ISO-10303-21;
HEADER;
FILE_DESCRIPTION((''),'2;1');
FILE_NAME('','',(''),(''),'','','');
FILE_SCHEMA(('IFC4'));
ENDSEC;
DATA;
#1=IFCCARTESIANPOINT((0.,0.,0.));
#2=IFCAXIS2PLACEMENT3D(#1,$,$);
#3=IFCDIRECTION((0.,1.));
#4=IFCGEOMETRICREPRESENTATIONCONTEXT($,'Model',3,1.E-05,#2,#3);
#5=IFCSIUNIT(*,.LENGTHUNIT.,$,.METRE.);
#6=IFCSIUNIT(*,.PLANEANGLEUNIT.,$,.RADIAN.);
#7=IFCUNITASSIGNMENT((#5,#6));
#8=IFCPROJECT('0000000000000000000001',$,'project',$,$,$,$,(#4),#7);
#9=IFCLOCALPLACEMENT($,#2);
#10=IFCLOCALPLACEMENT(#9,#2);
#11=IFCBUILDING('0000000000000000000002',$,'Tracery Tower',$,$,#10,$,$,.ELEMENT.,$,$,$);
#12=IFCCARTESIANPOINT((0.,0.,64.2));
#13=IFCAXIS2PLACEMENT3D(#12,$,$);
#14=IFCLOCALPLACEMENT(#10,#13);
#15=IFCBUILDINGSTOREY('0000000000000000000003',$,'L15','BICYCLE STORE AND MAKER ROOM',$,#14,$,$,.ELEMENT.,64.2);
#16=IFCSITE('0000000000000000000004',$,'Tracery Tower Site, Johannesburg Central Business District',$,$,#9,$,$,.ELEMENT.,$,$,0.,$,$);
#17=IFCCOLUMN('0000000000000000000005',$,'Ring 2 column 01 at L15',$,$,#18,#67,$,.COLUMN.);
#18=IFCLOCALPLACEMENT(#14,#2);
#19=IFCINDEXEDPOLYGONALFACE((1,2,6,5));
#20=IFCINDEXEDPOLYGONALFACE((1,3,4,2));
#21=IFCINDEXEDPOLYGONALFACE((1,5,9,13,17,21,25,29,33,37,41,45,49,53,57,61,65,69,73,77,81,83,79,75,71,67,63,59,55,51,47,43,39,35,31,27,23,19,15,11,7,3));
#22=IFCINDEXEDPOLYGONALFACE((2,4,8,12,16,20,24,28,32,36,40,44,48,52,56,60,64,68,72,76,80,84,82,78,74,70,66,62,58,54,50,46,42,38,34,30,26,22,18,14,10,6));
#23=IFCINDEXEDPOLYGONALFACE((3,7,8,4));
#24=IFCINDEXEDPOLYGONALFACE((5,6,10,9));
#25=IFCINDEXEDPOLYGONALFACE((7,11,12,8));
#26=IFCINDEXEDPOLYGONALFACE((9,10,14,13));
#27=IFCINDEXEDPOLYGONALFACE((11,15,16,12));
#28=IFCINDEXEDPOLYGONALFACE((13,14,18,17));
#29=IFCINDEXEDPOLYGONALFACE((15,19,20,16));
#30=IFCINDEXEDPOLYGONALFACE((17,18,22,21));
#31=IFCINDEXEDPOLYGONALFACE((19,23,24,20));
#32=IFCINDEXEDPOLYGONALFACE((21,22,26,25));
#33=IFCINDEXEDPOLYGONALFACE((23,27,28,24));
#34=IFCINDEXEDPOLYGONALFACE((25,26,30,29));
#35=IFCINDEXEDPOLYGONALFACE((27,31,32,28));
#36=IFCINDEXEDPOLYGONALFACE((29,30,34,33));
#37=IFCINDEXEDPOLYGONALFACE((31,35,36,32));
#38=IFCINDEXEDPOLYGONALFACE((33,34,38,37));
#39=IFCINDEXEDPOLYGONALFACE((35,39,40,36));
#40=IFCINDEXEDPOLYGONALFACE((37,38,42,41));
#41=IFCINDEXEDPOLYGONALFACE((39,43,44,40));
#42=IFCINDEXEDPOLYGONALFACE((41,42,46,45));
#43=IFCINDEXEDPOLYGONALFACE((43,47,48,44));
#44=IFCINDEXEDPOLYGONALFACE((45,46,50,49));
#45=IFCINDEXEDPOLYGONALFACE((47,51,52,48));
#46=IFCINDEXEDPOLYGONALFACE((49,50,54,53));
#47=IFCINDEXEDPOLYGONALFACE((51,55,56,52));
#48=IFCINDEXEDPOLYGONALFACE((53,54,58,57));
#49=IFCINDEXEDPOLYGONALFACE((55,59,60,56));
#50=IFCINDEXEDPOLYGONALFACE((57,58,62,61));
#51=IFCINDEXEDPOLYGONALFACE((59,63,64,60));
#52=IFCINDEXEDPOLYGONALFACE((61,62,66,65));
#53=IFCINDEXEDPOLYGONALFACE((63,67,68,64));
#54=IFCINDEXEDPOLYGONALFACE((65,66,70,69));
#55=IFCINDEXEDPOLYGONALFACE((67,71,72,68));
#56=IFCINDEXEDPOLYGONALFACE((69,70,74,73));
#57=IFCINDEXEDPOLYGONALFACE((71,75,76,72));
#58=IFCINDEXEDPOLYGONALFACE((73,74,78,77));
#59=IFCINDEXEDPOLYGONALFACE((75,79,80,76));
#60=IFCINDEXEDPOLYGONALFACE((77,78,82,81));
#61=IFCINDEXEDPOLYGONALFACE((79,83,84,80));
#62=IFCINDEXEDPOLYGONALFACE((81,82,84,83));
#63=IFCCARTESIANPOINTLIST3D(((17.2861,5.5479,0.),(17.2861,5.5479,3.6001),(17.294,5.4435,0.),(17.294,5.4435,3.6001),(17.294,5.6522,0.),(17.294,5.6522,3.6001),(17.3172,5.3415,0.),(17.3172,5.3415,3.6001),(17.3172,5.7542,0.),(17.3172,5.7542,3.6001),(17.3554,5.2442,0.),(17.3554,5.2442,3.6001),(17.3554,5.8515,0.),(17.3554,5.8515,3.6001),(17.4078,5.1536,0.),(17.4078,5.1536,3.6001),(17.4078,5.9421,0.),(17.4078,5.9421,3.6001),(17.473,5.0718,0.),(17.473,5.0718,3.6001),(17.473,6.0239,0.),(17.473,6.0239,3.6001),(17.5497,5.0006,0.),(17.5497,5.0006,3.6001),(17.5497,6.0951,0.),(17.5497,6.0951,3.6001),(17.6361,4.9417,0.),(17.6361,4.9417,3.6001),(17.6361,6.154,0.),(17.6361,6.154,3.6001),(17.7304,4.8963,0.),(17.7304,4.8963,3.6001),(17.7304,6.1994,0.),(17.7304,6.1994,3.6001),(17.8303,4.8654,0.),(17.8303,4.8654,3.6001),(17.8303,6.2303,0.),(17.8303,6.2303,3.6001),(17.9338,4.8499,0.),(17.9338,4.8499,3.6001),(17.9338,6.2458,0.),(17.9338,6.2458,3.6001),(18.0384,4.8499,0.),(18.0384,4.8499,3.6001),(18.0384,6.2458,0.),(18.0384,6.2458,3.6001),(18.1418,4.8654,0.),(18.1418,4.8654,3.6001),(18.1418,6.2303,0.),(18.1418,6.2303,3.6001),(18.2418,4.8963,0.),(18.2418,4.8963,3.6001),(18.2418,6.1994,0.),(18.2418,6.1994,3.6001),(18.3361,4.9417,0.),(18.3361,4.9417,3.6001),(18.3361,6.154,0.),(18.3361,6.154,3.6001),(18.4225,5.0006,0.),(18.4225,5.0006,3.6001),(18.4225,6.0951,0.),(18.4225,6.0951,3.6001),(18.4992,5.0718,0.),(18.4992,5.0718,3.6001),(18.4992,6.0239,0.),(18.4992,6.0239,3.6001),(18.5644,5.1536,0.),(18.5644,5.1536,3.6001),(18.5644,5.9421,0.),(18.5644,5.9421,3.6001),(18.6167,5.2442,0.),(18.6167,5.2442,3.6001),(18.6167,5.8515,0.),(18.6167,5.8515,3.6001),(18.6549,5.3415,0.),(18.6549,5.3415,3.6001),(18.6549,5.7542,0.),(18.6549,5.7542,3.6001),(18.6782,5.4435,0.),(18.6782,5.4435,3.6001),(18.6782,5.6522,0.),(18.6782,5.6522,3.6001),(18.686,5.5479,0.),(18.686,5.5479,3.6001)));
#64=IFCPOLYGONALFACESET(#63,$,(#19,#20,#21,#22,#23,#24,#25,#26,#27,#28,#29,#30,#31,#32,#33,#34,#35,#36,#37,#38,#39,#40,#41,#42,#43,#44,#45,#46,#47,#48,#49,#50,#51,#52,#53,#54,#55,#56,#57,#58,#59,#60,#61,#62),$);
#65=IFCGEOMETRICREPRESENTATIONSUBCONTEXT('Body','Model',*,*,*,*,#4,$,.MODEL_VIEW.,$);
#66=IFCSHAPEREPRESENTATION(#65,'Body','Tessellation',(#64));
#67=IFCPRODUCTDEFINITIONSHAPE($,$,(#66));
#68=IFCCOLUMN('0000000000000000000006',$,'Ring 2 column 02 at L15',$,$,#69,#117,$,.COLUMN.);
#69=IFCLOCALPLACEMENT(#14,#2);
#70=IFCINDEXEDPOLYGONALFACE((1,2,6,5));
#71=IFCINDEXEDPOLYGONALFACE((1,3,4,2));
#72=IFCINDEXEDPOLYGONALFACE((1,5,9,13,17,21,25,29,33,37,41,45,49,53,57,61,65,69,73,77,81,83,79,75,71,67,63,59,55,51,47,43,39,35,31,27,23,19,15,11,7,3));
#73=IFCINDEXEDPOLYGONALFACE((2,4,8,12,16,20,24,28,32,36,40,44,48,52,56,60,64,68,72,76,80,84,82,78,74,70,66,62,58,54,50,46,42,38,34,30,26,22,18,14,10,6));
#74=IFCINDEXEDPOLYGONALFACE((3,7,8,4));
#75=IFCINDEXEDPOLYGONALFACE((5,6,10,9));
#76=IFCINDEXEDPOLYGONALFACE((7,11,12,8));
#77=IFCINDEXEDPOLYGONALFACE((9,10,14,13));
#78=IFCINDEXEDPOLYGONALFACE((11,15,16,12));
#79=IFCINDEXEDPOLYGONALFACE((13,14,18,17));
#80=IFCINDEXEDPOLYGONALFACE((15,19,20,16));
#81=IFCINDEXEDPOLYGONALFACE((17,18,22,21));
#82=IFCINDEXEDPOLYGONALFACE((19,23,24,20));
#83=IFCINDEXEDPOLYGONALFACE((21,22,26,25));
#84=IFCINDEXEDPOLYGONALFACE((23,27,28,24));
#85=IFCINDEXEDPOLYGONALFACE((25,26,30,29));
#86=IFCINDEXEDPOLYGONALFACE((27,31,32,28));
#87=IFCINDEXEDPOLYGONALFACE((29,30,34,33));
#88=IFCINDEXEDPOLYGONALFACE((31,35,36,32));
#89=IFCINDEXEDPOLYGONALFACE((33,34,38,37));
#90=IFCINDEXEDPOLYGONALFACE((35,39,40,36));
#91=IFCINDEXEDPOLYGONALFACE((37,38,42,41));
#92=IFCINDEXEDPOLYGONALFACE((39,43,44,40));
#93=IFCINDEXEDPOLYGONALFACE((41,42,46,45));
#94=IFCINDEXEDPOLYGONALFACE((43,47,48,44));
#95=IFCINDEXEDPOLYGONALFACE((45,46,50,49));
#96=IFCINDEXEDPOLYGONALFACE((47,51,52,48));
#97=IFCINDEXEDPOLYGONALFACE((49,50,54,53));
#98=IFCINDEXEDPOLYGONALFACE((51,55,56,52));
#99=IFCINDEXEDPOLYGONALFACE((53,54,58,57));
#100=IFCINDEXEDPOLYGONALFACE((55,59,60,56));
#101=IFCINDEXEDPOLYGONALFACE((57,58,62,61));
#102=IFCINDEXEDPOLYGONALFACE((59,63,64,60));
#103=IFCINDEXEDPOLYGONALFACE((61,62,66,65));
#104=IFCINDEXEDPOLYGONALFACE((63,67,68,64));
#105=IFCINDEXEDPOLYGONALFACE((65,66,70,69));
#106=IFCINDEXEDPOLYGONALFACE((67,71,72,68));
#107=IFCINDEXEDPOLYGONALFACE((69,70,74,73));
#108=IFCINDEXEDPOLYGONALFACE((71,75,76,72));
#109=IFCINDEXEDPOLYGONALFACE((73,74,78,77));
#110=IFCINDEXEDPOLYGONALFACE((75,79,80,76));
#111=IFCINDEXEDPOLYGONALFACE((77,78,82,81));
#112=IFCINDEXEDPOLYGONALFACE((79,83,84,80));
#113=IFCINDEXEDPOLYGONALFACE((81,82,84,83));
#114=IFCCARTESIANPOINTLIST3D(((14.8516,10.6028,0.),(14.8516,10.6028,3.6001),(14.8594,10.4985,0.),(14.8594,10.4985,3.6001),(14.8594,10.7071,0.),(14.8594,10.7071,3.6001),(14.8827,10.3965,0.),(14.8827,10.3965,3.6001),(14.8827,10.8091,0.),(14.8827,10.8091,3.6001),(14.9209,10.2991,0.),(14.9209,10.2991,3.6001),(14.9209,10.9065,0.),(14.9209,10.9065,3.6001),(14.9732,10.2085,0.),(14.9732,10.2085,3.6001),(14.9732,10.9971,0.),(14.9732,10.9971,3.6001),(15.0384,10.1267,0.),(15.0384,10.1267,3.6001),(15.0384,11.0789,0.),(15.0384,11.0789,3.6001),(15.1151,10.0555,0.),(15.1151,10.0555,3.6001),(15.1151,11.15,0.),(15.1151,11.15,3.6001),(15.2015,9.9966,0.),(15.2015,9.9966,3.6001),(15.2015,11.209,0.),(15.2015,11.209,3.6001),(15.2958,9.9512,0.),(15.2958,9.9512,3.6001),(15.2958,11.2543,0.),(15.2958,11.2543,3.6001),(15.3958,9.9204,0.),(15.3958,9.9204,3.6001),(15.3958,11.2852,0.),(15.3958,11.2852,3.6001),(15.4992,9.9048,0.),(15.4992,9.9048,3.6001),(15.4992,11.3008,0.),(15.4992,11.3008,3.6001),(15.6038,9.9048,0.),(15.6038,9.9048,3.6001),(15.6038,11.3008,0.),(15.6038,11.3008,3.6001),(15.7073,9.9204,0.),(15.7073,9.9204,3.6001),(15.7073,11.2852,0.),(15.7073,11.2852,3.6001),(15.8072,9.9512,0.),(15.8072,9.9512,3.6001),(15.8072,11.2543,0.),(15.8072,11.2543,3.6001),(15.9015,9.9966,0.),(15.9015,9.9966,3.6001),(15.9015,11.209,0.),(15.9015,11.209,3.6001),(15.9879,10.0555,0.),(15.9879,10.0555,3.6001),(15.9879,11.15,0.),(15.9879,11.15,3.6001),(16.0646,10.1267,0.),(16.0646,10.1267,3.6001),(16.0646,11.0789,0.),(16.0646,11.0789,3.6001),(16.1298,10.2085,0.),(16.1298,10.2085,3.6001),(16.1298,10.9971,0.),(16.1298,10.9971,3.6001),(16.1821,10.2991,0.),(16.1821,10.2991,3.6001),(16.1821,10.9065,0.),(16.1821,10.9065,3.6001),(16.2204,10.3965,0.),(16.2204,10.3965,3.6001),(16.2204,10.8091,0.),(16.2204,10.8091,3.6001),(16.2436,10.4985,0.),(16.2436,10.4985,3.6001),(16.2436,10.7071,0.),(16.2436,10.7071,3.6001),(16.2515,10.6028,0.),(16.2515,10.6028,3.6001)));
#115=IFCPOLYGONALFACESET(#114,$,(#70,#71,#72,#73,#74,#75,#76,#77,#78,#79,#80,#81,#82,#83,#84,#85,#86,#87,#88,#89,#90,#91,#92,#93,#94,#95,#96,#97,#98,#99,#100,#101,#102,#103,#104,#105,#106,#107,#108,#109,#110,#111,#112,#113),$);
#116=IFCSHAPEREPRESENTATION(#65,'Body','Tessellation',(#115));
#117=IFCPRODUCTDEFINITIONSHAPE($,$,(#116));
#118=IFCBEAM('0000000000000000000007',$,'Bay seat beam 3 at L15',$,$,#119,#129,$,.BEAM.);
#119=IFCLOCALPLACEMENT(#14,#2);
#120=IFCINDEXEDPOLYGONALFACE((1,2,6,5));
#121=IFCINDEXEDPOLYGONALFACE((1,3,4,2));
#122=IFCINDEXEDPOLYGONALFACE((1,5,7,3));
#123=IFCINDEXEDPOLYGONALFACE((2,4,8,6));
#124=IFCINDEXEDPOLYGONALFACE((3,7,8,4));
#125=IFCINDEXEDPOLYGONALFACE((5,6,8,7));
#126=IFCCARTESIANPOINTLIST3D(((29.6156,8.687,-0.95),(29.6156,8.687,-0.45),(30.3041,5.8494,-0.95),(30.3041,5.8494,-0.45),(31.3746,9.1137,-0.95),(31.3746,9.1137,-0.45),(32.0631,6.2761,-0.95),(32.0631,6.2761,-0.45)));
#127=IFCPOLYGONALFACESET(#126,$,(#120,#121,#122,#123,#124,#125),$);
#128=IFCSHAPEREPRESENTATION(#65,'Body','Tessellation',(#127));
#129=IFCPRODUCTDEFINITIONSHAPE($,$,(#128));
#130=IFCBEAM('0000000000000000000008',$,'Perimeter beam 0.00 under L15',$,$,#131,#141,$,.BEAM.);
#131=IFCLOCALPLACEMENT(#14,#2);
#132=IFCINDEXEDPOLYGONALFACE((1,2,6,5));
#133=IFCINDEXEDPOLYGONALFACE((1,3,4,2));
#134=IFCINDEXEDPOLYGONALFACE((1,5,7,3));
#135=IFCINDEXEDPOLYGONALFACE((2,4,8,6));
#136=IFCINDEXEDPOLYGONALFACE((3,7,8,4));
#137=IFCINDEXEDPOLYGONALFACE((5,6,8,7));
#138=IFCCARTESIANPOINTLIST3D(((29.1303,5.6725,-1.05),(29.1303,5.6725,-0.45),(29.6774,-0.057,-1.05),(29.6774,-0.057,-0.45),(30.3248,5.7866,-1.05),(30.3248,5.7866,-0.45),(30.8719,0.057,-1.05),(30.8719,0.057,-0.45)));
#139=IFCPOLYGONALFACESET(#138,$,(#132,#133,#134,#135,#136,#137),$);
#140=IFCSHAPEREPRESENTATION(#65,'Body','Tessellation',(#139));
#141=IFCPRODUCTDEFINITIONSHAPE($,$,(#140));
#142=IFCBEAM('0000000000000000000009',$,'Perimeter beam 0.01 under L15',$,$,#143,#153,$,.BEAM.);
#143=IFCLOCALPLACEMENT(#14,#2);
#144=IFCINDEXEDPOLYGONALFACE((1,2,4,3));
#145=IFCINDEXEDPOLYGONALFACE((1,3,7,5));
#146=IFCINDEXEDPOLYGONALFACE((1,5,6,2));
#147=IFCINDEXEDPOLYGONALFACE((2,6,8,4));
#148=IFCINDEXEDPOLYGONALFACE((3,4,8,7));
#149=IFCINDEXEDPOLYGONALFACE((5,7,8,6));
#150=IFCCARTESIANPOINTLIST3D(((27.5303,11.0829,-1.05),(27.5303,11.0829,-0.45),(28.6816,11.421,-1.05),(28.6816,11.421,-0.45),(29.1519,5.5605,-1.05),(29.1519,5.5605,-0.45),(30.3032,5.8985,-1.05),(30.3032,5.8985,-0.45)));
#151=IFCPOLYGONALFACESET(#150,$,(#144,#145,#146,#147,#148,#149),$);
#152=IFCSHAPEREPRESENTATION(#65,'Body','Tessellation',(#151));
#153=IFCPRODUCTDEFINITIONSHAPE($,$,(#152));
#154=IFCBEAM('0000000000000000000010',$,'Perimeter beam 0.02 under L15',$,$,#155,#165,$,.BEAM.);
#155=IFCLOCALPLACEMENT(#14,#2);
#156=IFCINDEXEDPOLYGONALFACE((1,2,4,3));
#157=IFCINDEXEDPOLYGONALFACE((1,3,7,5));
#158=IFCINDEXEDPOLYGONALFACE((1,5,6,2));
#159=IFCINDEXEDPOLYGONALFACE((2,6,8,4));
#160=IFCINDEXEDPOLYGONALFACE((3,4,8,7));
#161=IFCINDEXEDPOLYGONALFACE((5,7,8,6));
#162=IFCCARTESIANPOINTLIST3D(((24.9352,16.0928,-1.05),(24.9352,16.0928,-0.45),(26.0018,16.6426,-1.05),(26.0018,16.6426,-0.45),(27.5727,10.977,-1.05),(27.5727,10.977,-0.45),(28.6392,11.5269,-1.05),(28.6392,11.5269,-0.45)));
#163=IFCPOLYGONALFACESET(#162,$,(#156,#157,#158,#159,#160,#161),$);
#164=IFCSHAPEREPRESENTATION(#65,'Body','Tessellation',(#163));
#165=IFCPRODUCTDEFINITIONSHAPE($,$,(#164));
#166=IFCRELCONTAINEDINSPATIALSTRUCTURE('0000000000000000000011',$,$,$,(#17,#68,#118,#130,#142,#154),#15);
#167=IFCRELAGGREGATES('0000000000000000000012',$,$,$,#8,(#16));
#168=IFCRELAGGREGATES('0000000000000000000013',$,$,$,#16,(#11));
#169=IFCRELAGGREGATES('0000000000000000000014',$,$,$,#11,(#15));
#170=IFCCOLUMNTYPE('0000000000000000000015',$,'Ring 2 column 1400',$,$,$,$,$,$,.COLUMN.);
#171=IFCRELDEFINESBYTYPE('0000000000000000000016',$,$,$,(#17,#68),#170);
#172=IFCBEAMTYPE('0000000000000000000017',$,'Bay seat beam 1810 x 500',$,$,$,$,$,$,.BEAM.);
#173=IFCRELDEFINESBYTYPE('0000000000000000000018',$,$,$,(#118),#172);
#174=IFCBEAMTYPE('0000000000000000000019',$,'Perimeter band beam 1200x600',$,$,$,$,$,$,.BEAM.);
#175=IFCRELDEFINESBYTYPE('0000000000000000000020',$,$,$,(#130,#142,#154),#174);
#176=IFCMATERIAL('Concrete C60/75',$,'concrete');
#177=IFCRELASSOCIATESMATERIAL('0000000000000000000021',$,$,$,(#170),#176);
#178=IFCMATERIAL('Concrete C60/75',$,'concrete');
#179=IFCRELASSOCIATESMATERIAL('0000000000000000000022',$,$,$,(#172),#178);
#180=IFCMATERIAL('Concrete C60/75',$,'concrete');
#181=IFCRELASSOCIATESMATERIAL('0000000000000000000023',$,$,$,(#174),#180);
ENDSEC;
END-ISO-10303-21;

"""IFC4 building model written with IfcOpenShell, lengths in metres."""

from ifc_helpers import new_model, si_unit, direction, frame, origin, origin_2d, place, context, subcontext, project, spatial, rectangle, circle, extrude, material, material_profile, profile_set, type_object, element, save


model = new_model("IFC4")

# Units and contexts
model_context = context("Model", 3, precision=1e-05, world=origin(), true_north=direction((0.0, 1.0)))
body_context = subcontext(model_context, "Body", "Model", "MODEL_VIEW")
ifc_project = project(units=[si_unit("LENGTHUNIT", "METRE"), si_unit("PLANEANGLEUNIT", "RADIAN")], contexts=[model_context])

# Site, building, storey
site_placement = place(None, origin())
site = spatial("IfcSite", under=ifc_project, at=site_placement, Name="Tracery Tower Site, Johannesburg Central Business District", CompositionType="ELEMENT", RefElevation=0.0)
building_placement = place(site_placement, origin())
building = spatial("IfcBuilding", under=site, at=building_placement, Name="Tracery Tower", CompositionType="ELEMENT")
storey_placement = place(building_placement, frame((0.0, 0.0, 64.2)))
storey = spatial("IfcBuildingStorey", under=building, at=storey_placement, Name="L15", Description="BICYCLE STORE AND MAKER ROOM", CompositionType="ELEMENT", Elevation=64.2)

# Columns
ifc_material_1 = material(Name="Concrete C60/75", Category="concrete")
ifc_material_profile_1 = material_profile(ifc_material_1, circle(Radius=0.7, at=origin_2d()), Name="RC D1400")
ifc_profile_set_1 = profile_set([ifc_material_profile_1], Name="Concrete C60/75")
column_type_1 = type_object("IfcColumnType", Name="Ring 2 column 1400", PredefinedType="COLUMN", material=ifc_profile_set_1)
for number, where, z_axis, x_axis, name in (
    (1, (17.9861, 5.5479, 0.0), (0.0, 0.0, 1.0), (1.0, 0.0, 0.0), "Ring 2 column 01 at L15"),
    (2, (15.5515, 10.6028, 0.0), (0.0, 0.0, 1.0), (1.0, 0.0, 0.0), "Ring 2 column 02 at L15"),
):
    element("IfcColumn", number, at=place(storey_placement, frame(where, z_axis=z_axis, x_axis=x_axis)), inside=storey, type_object=column_type_1, Name=name, PredefinedType="COLUMN", context=body_context, shape_type="SweptSolid", body=[
        extrude(circle(Radius=0.7, at=origin_2d()), origin(), (0.0, 0.0, 1.0), 3.6001),
    ])

# Beams
ifc_material_2 = material(Name="Concrete C60/75", Category="concrete")
ifc_material_profile_2 = material_profile(ifc_material_2, rectangle(XDim=1.8101, YDim=0.5, at=origin_2d()), Name="RC 1810x500")
ifc_profile_set_2 = profile_set([ifc_material_profile_2], Name="Concrete C60/75")
beam_type_1 = type_object("IfcBeamType", Name="Bay seat beam 1810 x 500", PredefinedType="BEAM", material=ifc_profile_set_2)
beam_placement = place(storey_placement, frame((31.1836, 6.0627, -0.7), z_axis=(-0.235782, 0.971806, 0.0), x_axis=(-0.971806, -0.235782, 0.0)))
element("IfcBeam", 3, at=beam_placement, inside=storey, type_object=beam_type_1, Name="Bay seat beam 3 at L15", PredefinedType="BEAM", context=body_context, shape_type="SweptSolid", body=[
    extrude(rectangle(XDim=1.8101, YDim=0.5, at=origin_2d()), origin(), (0.0, 0.0, 1.0), 2.9199),
])
ifc_material_3 = material(Name="Concrete C60/75", Category="concrete")
ifc_material_profile_3 = material_profile(ifc_material_3, rectangle(XDim=1.2, YDim=0.6001, at=origin_2d()), Name="RC 1200x600")
ifc_profile_set_3 = profile_set([ifc_material_profile_3], Name="Concrete C60/75")
beam_type_2 = type_object("IfcBeamType", Name="Perimeter band beam 1200x600", PredefinedType="BEAM", material=ifc_profile_set_3)
for number, where, z_axis, x_axis, name in (
    (4, (30.2747, 0.0, -0.75), (-0.095059, 0.995472, 0.0), (-0.995472, -0.095059, 0.0), "Perimeter beam 0.00 under L15"),
    (5, (29.7275, 5.7295, -0.75), (-0.281739, 0.959491, 0.0), (-0.959491, -0.281739, 0.0), "Perimeter beam 0.01 under L15"),
    (6, (28.106, 11.252, -0.75), (-0.458242, 0.888827, 0.0), (-0.888827, -0.458242, 0.0), "Perimeter beam 0.02 under L15"),
):
    element("IfcBeam", number, at=place(storey_placement, frame(where, z_axis=z_axis, x_axis=x_axis)), inside=storey, type_object=beam_type_2, Name=name, PredefinedType="BEAM", context=body_context, shape_type="SweptSolid", body=[
        extrude(rectangle(XDim=1.2, YDim=0.6001, at=origin_2d()), origin(), (0.0, 0.0, 1.0), 5.7556),
    ])

save(model, "model.ifc")
